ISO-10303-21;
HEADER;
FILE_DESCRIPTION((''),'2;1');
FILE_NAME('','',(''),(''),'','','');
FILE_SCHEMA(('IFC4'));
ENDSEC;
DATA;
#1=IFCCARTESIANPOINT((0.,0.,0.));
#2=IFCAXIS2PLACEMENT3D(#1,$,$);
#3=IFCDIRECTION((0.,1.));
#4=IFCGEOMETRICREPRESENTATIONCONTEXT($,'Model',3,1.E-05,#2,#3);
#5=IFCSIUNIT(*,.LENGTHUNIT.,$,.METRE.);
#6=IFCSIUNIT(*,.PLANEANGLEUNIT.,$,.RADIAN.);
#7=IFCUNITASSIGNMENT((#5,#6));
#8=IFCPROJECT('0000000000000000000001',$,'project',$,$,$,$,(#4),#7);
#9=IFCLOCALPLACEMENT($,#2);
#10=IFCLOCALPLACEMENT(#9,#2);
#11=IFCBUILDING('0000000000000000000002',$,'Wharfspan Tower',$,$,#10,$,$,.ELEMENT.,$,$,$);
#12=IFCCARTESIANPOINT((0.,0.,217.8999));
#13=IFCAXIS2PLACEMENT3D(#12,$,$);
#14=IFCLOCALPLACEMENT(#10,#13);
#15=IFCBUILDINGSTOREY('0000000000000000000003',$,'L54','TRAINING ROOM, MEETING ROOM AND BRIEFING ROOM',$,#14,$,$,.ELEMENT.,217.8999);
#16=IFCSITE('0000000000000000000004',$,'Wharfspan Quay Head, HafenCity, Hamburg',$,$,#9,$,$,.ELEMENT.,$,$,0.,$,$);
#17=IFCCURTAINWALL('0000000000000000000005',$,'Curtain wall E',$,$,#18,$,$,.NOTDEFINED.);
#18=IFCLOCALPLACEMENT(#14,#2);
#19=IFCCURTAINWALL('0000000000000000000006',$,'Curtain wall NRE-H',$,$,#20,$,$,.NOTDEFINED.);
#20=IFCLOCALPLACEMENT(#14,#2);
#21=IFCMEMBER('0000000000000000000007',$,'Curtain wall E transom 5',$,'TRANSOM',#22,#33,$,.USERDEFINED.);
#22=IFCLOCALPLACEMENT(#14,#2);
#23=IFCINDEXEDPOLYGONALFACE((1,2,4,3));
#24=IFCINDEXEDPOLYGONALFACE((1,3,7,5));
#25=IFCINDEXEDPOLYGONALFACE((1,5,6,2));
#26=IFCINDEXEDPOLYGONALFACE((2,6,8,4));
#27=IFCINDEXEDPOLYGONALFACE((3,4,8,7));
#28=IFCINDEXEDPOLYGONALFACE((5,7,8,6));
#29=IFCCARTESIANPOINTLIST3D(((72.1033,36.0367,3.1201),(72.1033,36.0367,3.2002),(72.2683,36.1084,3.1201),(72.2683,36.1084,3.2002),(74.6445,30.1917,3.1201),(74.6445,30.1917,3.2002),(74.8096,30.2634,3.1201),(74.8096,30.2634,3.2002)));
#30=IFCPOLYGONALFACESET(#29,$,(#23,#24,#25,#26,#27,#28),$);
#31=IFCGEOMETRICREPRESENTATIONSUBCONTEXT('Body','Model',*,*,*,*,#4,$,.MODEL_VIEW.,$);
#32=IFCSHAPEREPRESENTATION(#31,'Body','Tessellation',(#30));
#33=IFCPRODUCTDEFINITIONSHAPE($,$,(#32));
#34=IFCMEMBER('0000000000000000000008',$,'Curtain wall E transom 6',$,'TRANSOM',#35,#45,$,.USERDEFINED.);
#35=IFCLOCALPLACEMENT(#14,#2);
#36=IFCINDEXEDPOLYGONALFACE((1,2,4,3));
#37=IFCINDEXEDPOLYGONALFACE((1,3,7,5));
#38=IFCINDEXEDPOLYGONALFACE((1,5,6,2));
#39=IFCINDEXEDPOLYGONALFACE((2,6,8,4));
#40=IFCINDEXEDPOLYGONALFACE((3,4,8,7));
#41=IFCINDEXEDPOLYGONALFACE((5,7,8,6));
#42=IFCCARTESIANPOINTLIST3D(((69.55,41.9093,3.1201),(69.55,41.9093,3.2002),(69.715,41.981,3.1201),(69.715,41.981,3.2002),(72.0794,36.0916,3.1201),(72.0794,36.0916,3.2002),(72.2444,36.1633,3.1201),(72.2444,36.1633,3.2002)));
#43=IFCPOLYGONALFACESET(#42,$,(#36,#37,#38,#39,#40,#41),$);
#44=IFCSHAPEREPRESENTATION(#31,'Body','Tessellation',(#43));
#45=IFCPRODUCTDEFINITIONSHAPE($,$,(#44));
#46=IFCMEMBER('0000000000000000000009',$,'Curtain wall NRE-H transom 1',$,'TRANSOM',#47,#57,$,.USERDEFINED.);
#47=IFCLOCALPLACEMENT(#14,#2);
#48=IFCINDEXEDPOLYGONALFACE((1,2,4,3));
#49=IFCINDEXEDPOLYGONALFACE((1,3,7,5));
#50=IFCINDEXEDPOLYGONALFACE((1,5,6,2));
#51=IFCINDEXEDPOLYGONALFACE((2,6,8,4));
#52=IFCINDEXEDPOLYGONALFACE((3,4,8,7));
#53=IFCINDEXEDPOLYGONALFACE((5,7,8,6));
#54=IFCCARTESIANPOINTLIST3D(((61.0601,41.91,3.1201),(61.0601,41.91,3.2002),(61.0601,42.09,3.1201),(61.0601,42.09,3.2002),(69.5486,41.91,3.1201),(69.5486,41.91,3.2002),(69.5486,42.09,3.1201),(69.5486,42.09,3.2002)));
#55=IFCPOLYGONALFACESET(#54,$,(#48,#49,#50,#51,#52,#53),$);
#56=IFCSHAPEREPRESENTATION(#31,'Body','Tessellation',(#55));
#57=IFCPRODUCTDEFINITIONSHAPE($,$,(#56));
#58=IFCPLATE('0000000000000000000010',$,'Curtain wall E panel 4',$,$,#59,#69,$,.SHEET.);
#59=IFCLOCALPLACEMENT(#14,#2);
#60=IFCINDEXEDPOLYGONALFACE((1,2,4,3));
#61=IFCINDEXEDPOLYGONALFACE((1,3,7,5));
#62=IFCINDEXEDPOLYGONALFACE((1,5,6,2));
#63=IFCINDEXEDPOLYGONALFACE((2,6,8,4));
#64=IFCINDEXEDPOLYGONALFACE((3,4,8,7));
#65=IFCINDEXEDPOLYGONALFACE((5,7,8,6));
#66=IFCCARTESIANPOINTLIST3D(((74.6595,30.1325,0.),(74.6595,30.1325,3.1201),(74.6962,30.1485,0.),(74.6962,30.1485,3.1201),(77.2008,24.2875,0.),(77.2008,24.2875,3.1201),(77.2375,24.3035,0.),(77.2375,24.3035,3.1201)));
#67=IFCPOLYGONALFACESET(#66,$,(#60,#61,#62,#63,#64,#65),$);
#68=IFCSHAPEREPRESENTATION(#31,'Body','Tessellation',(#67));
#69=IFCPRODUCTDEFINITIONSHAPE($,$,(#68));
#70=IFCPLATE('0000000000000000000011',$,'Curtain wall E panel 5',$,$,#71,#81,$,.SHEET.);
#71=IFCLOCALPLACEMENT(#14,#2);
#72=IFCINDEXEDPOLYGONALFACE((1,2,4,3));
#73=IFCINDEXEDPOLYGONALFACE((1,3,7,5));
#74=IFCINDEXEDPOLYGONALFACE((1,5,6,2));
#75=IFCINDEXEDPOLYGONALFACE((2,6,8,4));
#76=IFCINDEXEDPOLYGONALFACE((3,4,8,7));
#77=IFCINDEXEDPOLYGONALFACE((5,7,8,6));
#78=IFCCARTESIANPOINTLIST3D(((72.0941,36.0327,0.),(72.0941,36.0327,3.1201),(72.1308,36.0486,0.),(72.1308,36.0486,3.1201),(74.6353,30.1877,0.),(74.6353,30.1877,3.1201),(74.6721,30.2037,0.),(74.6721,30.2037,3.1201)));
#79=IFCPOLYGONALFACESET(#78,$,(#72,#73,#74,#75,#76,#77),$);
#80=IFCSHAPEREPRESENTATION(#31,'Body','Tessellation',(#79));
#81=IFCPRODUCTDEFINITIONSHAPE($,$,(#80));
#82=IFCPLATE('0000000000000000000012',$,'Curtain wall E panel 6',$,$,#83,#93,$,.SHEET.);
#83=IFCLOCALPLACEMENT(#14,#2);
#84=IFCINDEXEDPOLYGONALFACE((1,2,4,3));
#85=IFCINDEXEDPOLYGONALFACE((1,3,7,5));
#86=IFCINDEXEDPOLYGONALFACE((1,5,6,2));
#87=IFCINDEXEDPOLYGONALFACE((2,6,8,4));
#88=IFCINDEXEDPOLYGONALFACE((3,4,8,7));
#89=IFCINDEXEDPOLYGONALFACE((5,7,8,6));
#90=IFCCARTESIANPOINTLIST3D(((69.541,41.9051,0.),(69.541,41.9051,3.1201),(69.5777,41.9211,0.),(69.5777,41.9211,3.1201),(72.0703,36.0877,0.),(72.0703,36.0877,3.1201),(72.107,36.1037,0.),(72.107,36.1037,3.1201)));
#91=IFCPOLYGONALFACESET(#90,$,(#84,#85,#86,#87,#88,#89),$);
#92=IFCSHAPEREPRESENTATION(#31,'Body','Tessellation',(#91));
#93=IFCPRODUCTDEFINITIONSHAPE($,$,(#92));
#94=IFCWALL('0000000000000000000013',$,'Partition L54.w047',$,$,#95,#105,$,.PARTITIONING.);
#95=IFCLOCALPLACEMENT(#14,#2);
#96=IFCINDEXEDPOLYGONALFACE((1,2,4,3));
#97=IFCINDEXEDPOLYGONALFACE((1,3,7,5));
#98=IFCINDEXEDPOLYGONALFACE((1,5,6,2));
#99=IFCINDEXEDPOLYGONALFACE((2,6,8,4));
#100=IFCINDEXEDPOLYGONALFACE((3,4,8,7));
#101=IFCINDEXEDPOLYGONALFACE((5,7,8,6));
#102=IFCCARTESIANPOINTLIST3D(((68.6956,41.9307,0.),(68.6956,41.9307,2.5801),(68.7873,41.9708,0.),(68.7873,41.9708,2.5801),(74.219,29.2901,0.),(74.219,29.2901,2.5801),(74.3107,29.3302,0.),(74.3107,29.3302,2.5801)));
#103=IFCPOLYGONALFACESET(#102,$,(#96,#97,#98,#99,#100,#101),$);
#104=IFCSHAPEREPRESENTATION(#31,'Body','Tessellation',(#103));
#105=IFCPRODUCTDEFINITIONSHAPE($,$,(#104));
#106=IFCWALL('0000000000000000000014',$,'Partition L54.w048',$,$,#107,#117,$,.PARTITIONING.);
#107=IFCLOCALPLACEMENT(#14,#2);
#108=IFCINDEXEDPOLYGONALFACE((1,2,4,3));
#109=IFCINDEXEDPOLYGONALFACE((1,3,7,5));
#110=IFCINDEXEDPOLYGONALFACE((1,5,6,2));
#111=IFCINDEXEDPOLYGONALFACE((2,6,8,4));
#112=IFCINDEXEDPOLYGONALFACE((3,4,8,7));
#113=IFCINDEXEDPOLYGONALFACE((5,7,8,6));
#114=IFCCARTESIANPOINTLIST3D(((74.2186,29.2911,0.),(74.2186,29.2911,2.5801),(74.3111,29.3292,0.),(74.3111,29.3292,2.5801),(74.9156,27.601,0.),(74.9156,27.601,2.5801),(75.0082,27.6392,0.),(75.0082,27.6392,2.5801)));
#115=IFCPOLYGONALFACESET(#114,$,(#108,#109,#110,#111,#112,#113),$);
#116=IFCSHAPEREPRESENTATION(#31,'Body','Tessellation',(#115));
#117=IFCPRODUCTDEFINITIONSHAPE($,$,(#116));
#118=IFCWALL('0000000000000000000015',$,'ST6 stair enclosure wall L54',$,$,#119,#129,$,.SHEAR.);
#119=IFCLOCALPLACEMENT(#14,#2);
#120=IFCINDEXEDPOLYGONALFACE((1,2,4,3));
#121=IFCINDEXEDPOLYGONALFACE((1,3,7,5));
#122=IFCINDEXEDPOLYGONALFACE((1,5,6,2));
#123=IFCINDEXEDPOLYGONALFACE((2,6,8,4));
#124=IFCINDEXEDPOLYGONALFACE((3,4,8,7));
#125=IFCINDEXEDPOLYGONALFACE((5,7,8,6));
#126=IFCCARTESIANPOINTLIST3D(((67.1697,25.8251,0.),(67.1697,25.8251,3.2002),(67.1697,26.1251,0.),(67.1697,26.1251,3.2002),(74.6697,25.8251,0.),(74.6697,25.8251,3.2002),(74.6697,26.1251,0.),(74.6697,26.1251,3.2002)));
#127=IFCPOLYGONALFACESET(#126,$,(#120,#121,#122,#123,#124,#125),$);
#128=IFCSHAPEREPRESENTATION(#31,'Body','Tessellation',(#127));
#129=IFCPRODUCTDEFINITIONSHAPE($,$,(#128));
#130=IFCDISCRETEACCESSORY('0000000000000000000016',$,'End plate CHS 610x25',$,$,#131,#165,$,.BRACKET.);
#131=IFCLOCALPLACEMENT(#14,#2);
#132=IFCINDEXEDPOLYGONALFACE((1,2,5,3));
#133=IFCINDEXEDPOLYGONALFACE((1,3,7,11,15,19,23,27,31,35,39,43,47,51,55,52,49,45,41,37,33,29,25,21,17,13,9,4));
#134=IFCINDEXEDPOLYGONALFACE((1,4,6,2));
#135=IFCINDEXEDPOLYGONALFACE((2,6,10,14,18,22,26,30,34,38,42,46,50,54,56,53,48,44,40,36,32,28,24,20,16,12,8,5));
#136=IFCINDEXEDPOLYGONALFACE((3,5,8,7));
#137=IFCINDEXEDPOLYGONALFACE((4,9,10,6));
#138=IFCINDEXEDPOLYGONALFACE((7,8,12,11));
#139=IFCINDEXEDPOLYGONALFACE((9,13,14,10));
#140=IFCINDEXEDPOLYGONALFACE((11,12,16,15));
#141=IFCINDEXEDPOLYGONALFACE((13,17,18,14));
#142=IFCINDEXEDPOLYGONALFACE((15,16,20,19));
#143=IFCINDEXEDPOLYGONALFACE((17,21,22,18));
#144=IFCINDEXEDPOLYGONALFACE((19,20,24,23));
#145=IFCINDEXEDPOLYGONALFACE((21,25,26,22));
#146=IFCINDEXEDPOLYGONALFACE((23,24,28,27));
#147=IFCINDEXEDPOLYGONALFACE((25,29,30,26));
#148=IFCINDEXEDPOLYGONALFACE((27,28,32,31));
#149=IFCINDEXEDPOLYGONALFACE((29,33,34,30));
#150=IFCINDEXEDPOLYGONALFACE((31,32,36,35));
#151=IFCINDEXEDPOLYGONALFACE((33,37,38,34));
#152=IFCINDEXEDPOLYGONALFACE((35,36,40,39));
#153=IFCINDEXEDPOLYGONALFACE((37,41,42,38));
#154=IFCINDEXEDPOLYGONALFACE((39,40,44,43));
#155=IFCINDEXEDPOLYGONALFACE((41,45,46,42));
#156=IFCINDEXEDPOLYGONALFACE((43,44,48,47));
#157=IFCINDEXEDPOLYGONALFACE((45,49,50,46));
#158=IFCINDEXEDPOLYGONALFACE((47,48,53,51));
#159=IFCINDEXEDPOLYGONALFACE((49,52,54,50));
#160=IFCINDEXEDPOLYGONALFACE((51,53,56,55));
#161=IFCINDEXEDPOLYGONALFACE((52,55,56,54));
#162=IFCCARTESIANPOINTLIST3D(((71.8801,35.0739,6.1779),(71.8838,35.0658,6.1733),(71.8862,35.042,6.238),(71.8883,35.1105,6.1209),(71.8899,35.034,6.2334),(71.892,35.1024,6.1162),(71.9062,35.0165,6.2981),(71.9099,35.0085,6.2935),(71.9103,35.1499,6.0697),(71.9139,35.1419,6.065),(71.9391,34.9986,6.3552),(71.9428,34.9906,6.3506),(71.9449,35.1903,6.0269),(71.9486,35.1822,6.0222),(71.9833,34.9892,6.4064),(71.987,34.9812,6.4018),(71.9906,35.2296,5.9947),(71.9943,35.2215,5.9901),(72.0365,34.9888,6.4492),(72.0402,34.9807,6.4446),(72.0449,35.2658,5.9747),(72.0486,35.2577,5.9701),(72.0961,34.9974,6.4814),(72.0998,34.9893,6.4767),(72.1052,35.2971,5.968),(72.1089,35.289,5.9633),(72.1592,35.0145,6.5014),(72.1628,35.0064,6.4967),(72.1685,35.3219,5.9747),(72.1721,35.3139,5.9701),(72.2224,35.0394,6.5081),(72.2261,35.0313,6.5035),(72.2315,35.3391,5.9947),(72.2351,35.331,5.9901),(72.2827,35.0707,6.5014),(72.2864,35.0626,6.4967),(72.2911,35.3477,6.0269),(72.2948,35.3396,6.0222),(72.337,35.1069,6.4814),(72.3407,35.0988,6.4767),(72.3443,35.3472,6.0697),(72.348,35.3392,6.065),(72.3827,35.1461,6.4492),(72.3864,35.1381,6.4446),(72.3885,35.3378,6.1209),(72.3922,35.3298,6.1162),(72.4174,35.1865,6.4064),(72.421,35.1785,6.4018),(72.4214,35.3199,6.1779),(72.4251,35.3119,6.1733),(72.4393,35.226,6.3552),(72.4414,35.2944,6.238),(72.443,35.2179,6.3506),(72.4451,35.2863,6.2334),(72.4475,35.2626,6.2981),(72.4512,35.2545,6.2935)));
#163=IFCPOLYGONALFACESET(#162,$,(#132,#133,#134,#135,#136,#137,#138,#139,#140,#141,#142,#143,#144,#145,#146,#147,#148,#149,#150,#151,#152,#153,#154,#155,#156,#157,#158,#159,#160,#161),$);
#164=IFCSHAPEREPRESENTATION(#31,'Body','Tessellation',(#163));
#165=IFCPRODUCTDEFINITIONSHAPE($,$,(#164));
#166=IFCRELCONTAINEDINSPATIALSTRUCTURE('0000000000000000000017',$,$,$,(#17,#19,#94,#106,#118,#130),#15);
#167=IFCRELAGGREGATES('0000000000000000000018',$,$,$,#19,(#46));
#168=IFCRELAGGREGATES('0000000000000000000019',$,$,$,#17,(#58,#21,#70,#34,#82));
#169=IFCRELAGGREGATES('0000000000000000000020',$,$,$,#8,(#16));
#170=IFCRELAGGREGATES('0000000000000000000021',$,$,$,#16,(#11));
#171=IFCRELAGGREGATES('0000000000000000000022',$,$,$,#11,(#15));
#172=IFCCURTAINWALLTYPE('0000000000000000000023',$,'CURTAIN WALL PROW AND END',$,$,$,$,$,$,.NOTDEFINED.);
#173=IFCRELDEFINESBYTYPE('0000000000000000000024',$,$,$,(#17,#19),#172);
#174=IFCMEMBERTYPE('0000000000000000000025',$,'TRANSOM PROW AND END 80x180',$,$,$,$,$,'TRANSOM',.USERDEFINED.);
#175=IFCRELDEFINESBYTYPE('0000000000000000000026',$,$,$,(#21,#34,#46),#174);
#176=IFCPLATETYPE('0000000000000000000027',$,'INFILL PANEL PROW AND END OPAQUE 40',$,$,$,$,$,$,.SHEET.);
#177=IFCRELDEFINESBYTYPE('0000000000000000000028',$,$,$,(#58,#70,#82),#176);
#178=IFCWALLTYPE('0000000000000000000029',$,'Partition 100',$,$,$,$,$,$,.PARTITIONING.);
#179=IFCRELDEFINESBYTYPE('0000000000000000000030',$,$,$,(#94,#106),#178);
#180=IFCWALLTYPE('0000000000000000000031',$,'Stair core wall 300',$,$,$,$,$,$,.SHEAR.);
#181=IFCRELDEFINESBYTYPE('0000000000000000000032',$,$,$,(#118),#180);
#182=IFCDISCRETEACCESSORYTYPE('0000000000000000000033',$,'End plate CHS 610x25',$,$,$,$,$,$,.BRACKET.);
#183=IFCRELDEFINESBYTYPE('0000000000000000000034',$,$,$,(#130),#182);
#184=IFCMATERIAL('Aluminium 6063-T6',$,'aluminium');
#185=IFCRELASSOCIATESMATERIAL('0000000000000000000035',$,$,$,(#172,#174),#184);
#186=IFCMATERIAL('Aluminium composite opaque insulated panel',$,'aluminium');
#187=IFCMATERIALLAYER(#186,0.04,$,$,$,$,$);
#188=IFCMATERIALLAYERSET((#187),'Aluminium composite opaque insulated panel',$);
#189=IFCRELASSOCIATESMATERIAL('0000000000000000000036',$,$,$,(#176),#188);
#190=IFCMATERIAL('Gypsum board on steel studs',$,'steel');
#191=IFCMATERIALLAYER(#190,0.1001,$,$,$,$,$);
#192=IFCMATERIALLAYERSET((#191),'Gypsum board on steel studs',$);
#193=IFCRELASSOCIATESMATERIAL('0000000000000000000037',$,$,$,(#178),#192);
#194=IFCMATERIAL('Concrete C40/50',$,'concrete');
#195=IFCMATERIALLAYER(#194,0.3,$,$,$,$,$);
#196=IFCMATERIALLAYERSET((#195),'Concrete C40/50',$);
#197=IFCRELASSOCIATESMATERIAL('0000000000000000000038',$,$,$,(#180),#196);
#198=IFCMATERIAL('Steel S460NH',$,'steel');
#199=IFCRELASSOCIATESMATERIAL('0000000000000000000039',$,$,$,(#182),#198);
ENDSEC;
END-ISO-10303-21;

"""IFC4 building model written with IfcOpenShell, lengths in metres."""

from ifc_helpers import new_model, si_unit, direction, frame, frame_2d, origin, origin_2d, place, context, subcontext, project, spatial, rectangle, circle, extrude, material, layer, layer_set, material_profile, profile_set, type_object, element, aggregate, save


model = new_model("IFC4")

# Units and contexts
model_context = context("Model", 3, precision=1e-05, world=origin(), true_north=direction((0.0, 1.0)))
body_context = subcontext(model_context, "Body", "Model", "MODEL_VIEW")
ifc_project = project(units=[si_unit("LENGTHUNIT", "METRE"), si_unit("PLANEANGLEUNIT", "RADIAN")], contexts=[model_context])

# Site, building, storey
site_placement = place(None, origin())
site = spatial("IfcSite", under=ifc_project, at=site_placement, Name="Wharfspan Quay Head, HafenCity, Hamburg", CompositionType="ELEMENT", RefElevation=0.0)
building_placement = place(site_placement, origin())
building = spatial("IfcBuilding", under=site, at=building_placement, Name="Wharfspan Tower", CompositionType="ELEMENT")
storey_placement = place(building_placement, frame((0.0, 0.0, 217.8999)))
storey = spatial("IfcBuildingStorey", under=building, at=storey_placement, Name="L54", Description="TRAINING ROOM, MEETING ROOM AND BRIEFING ROOM", CompositionType="ELEMENT", Elevation=217.8999)

# Curtain wall
ifc_material_1 = material(Name="Aluminium 6063-T6", Category="aluminium")
curtain_wall_type = type_object("IfcCurtainWallType", Name="CURTAIN WALL PROW AND END", PredefinedType="NOTDEFINED", material=ifc_material_1)
curtain_wall_1_placement = place(storey_placement, origin())
curtain_wall_1 = element("IfcCurtainWall", 1, at=curtain_wall_1_placement, inside=storey, type_object=curtain_wall_type, Name="Curtain wall E", PredefinedType="NOTDEFINED")

# Curtain wall
curtain_wall_2_placement = place(storey_placement, origin())
curtain_wall_2 = element("IfcCurtainWall", 2, at=curtain_wall_2_placement, inside=storey, type_object=curtain_wall_type, Name="Curtain wall NRE-H", PredefinedType="NOTDEFINED")

# Shared definitions
ifc_material_2 = material(Name="Steel S460NH", Category="steel")

# Members
ifc_material_profile_1 = material_profile(ifc_material_1, rectangle(XDim=0.1799, YDim=0.0801, at=origin_2d()))
ifc_profile_set_1 = profile_set([ifc_material_profile_1], Name="Aluminium 6063-T6")
member_type_1 = type_object("IfcMemberType", Name="TRANSOM PROW AND END 80x180", ElementType="TRANSOM", PredefinedType="USERDEFINED", material=ifc_profile_set_1)
member_1_placement = place(storey_placement, frame((74.7271, 30.2275, 3.1602), z_axis=(-0.398722, 0.917072, 0.0), x_axis=(-0.917072, -0.398722, 0.0)))
member_1 = element("IfcMember", 3, at=member_1_placement, type_object=member_type_1, Name="Curtain wall E transom 5", ObjectType="TRANSOM", PredefinedType="USERDEFINED", context=body_context, shape_type="SweptSolid", body=[
    extrude(rectangle(XDim=0.1799, YDim=0.0801, at=origin_2d()), origin(), (0.0, 0.0, 1.0), 6.3735),
])
member_2_placement = place(storey_placement, frame((72.1619, 36.1274, 3.1602), z_axis=(-0.398712, 0.917076, 0.0), x_axis=(-0.917076, -0.398712, 0.0)))
member_2 = element("IfcMember", 4, at=member_2_placement, type_object=member_type_1, Name="Curtain wall E transom 6", ObjectType="TRANSOM", PredefinedType="USERDEFINED", context=body_context, shape_type="SweptSolid", body=[
    extrude(rectangle(XDim=0.1799, YDim=0.0801, at=origin_2d()), origin(), (0.0, 0.0, 1.0), 6.3438),
])
member_3_placement = place(storey_placement, frame((69.5486, 42.0, 3.1602), z_axis=(-1.0, 0.0, 0.0), x_axis=(0.0, -1.0, 0.0)))
member_3 = element("IfcMember", 5, at=member_3_placement, type_object=member_type_1, Name="Curtain wall NRE-H transom 1", ObjectType="TRANSOM", PredefinedType="USERDEFINED", context=body_context, shape_type="SweptSolid", body=[
    extrude(rectangle(XDim=0.1799, YDim=0.0801, at=origin_2d()), origin(), (0.0, 0.0, 1.0), 8.4885),
])
aggregate(curtain_wall_2, [member_3])

# Plates
ifc_material_3 = material(Name="Aluminium composite opaque insulated panel", Category="aluminium")
ifc_layer_1 = layer(ifc_material_3, 0.04)
ifc_layer_set_1 = layer_set([ifc_layer_1], Name="Aluminium composite opaque insulated panel")
plate_type = type_object("IfcPlateType", Name="INFILL PANEL PROW AND END OPAQUE 40", PredefinedType="SHEET", material=ifc_layer_set_1)
plate_1_placement = place(storey_placement, frame((75.9485, 27.218, 0.0), z_axis=(0.0, 0.0, 1.0), x_axis=(-0.398727, 0.917072, 0.0)))
plate_1 = element("IfcPlate", 6, at=plate_1_placement, type_object=plate_type, Name="Curtain wall E panel 4", PredefinedType="SHEET", context=body_context, shape_type="SweptSolid", body=[
    extrude(rectangle(XDim=6.3735, YDim=0.04, at=origin_2d()), origin(), (0.0, 0.0, 1.0), 3.1201),
])
plate_2_placement = place(storey_placement, frame((73.3831, 33.1182, 0.0), z_axis=(0.0, 0.0, 1.0), x_axis=(-0.398727, 0.917072, 0.0)))
plate_2 = element("IfcPlate", 7, at=plate_2_placement, type_object=plate_type, Name="Curtain wall E panel 5", PredefinedType="SHEET", context=body_context, shape_type="SweptSolid", body=[
    extrude(rectangle(XDim=6.3735, YDim=0.04, at=origin_2d()), origin(), (0.0, 0.0, 1.0), 3.1201),
])
plate_3_placement = place(storey_placement, frame((70.824, 39.0044, 0.0), z_axis=(0.0, 0.0, 1.0), x_axis=(-0.398727, 0.917072, 0.0)))
plate_3 = element("IfcPlate", 8, at=plate_3_placement, type_object=plate_type, Name="Curtain wall E panel 6", PredefinedType="SHEET", context=body_context, shape_type="SweptSolid", body=[
    extrude(rectangle(XDim=6.3435, YDim=0.04, at=origin_2d()), origin(), (0.0, 0.0, 1.0), 3.1201),
])
aggregate(curtain_wall_1, [plate_1, member_1, plate_2, member_2, plate_3])

# Walls
ifc_material_4 = material(Name="Gypsum board on steel studs", Category="steel")
ifc_layer_2 = layer(ifc_material_4, 0.1001)
ifc_layer_set_2 = layer_set([ifc_layer_2], Name="Gypsum board on steel studs")
wall_type_1 = type_object("IfcWallType", Name="Partition 100", PredefinedType="PARTITIONING", material=ifc_layer_set_2)
wall_1_placement = place(storey_placement, frame((74.2649, 29.3101, 0.0), z_axis=(0.0, 0.0, 1.0), x_axis=(-0.400401, 0.916335, 0.0)))
element("IfcWall", 9, at=wall_1_placement, inside=storey, type_object=wall_type_1, Name="Partition L54.w047", PredefinedType="PARTITIONING", context=body_context, shape_type="SweptSolid", body=[
    extrude(rectangle(XDim=13.7947, YDim=0.1001, at=frame_2d((6.8975, 0.0))), origin(), (0.0, 0.0, 1.0), 2.5801),
])
wall_2_placement = place(storey_placement, frame((74.9619, 27.6201, 0.0), z_axis=(0.0, 0.0, 1.0), x_axis=(-0.381293, 0.924452, 0.0)))
element("IfcWall", 10, at=wall_2_placement, inside=storey, type_object=wall_type_1, Name="Partition L54.w048", PredefinedType="PARTITIONING", context=body_context, shape_type="SweptSolid", body=[
    extrude(rectangle(XDim=1.8281, YDim=0.1001, at=frame_2d((0.9141, 0.0))), origin(), (0.0, 0.0, 1.0), 2.5801),
])
ifc_material_5 = material(Name="Concrete C40/50", Category="concrete")
ifc_layer_3 = layer(ifc_material_5, 0.3)
ifc_layer_set_3 = layer_set([ifc_layer_3], Name="Concrete C40/50")
wall_type_2 = type_object("IfcWallType", Name="Stair core wall 300", PredefinedType="SHEAR", material=ifc_layer_set_3)
wall_3_placement = place(storey_placement, frame((67.1697, 25.9751, 0.0), z_axis=(0.0, 0.0, 1.0), x_axis=(1.0, 0.0, 0.0)))
element("IfcWall", 11, at=wall_3_placement, inside=storey, type_object=wall_type_2, Name="ST6 stair enclosure wall L54", PredefinedType="SHEAR", context=body_context, shape_type="SweptSolid", body=[
    extrude(rectangle(XDim=7.5, YDim=0.3, at=frame_2d((3.75, 0.0))), origin(), (0.0, 0.0, 1.0), 3.2002),
])

# Discrete accessory
ifc_material_profile_2 = material_profile(ifc_material_2, circle(Radius=0.3049, at=origin_2d()))
ifc_profile_set_2 = profile_set([ifc_material_profile_2], Name="Steel S460NH")
discrete_accessory_type = type_object("IfcDiscreteAccessoryType", Name="End plate CHS 610x25", PredefinedType="BRACKET", material=ifc_profile_set_2)
for number, where, z_axis, x_axis, name in (
    (12, (72.1675, 35.1602, 6.2334), (-0.366508, 0.806318, 0.464244), (-0.910368, -0.413804, 0.000001), "End plate CHS 610x25"),
):
    element("IfcDiscreteAccessory", number, at=place(storey_placement, frame(where, z_axis=z_axis, x_axis=x_axis)), inside=storey, type_object=discrete_accessory_type, Name=name, PredefinedType="BRACKET", context=body_context, shape_type="SweptSolid", body=[
        extrude(circle(Radius=0.3049, at=origin_2d()), origin(), (0.0, 0.0, 1.0), 0.01),
    ])

save(model, "model.ifc")
